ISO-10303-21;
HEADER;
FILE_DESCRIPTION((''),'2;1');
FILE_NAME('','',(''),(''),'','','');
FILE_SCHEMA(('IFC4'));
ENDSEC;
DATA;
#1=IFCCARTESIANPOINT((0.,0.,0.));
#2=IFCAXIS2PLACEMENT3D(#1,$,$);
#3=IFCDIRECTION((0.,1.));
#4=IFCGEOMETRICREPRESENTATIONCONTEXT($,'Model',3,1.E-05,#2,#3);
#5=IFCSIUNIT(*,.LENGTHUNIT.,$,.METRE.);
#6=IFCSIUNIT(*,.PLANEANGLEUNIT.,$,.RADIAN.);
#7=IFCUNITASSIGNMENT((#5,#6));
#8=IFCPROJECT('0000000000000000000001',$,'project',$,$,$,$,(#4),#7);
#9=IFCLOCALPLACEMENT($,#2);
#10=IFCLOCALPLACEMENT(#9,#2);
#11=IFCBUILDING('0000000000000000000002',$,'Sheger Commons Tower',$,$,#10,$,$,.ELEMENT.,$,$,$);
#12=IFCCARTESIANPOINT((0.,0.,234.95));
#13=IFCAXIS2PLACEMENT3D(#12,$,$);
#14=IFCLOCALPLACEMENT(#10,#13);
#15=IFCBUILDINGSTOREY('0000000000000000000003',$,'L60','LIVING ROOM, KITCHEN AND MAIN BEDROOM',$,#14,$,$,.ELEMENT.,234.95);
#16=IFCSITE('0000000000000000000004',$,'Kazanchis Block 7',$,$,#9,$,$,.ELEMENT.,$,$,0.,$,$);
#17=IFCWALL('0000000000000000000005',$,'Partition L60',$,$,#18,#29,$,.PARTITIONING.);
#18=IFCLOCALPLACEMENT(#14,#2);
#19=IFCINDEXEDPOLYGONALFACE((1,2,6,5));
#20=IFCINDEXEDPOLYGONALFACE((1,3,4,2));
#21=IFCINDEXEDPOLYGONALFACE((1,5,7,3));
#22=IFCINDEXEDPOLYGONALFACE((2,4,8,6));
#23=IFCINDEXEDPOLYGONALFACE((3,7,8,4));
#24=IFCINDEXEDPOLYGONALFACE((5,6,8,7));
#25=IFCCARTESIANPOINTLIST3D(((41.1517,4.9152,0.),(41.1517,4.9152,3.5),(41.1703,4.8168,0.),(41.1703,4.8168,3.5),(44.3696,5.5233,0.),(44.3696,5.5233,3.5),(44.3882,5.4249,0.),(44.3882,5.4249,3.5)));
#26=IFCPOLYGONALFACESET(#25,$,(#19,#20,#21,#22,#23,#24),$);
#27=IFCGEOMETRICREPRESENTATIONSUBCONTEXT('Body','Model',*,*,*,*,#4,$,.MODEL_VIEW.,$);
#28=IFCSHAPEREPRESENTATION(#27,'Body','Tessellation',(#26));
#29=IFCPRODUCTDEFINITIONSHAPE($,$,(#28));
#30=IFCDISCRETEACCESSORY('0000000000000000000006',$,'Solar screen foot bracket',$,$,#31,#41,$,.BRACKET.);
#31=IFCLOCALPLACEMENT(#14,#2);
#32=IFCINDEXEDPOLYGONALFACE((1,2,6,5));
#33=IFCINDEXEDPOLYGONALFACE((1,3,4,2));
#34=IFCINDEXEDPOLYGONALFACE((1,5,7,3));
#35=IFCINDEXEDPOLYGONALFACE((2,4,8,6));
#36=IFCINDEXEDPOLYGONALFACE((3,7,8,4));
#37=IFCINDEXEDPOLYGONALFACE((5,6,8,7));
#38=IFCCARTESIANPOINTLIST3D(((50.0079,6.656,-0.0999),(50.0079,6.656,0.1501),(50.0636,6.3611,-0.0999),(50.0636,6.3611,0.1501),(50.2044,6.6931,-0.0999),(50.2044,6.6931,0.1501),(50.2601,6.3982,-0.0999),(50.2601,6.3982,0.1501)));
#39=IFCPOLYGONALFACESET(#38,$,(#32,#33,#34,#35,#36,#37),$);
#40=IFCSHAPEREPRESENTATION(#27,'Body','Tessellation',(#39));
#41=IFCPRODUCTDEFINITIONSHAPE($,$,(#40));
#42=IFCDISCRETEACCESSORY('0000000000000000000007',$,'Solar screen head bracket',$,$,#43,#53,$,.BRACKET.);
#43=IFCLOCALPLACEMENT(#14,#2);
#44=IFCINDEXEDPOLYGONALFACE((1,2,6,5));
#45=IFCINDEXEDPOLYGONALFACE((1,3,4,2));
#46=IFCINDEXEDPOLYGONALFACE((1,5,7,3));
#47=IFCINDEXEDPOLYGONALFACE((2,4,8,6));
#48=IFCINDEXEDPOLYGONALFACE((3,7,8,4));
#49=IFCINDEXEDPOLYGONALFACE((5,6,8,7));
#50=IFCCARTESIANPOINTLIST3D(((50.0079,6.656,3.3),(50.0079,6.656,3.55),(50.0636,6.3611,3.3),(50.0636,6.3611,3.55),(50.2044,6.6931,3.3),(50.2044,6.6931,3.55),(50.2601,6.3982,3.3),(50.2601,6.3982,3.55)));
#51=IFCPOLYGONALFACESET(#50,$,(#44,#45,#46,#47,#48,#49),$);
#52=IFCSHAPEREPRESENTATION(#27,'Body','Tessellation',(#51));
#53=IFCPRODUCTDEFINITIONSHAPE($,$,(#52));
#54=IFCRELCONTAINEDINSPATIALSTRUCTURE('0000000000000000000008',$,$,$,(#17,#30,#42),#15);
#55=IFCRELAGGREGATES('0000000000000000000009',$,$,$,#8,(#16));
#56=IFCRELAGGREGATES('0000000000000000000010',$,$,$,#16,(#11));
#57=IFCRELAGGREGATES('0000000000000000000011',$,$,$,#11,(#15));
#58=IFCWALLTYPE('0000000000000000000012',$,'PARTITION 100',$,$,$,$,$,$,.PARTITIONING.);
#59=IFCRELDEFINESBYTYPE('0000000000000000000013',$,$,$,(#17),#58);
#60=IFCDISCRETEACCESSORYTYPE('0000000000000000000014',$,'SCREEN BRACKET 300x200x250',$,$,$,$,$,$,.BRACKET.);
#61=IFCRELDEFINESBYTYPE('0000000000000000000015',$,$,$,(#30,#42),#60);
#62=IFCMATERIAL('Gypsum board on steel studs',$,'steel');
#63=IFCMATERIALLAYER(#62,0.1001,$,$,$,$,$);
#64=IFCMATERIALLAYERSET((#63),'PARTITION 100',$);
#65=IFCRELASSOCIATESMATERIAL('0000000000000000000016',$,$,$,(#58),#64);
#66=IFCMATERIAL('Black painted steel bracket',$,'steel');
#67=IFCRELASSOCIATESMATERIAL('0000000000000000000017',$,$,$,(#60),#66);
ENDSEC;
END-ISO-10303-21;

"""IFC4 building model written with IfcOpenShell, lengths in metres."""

from ifc_helpers import new_model, si_unit, direction, frame, frame_2d, origin, origin_2d, place, context, subcontext, project, spatial, rectangle, extrude, material, layer, layer_set, type_object, element, save


model = new_model("IFC4")

# Units and contexts
model_context = context("Model", 3, precision=1e-05, world=origin(), true_north=direction((0.0, 1.0)))
body_context = subcontext(model_context, "Body", "Model", "MODEL_VIEW")
ifc_project = project(units=[si_unit("LENGTHUNIT", "METRE"), si_unit("PLANEANGLEUNIT", "RADIAN")], contexts=[model_context])

# Site, building, storey
site_placement = place(None, origin())
site = spatial("IfcSite", under=ifc_project, at=site_placement, Name="Kazanchis Block 7", CompositionType="ELEMENT", RefElevation=0.0)
building_placement = place(site_placement, origin())
building = spatial("IfcBuilding", under=site, at=building_placement, Name="Sheger Commons Tower", CompositionType="ELEMENT")
storey_placement = place(building_placement, frame((0.0, 0.0, 234.95)))
storey = spatial("IfcBuildingStorey", under=building, at=storey_placement, Name="L60", Description="LIVING ROOM, KITCHEN AND MAIN BEDROOM", CompositionType="ELEMENT", Elevation=234.95)

# Wall
ifc_material_1 = material(Name="Gypsum board on steel studs", Category="steel")
ifc_layer_1 = layer(ifc_material_1, 0.1001)
ifc_layer_set_1 = layer_set([ifc_layer_1], Name="PARTITION 100")
wall_type_1 = type_object("IfcWallType", Name="PARTITION 100", PredefinedType="PARTITIONING", material=ifc_layer_set_1)
wall_1_placement = place(storey_placement, frame((44.3789, 5.4741, 0.0), z_axis=(0.0, 0.0, 1.0), x_axis=(-0.982607, -0.185697, 0.0)))
element("IfcWall", 1, at=wall_1_placement, inside=storey, type_object=wall_type_1, Name="Partition L60", PredefinedType="PARTITIONING", context=body_context, shape_type="SweptSolid", body=[
    extrude(rectangle(XDim=3.2749, YDim=0.1001, at=frame_2d((1.6375, 0.0))), origin(), (0.0, 0.0, 1.0), 3.5),
])

# Discrete accessories
ifc_material_2 = material(Name="Black painted steel bracket", Category="steel")
discrete_accessory_type = type_object("IfcDiscreteAccessoryType", Name="SCREEN BRACKET 300x200x250", PredefinedType="BRACKET", material=ifc_material_2)
for number, where, z_axis, x_axis, name in (
    (2, (50.134, 6.5271, -0.0999), (0.0, 0.0, 1.0), (-0.185615, 0.982623, 0.0), "Solar screen foot bracket"),
    (3, (50.134, 6.5271, 3.3), (0.0, 0.0, 1.0), (-0.185615, 0.982623, 0.0), "Solar screen head bracket"),
):
    element("IfcDiscreteAccessory", number, at=place(storey_placement, frame(where, z_axis=z_axis, x_axis=x_axis)), inside=storey, type_object=discrete_accessory_type, Name=name, PredefinedType="BRACKET", context=body_context, shape_type="SweptSolid", body=[
        extrude(rectangle(XDim=0.3, YDim=0.2, at=origin_2d()), origin(), (0.0, 0.0, 1.0), 0.25),
    ])

save(model, "model.ifc")
